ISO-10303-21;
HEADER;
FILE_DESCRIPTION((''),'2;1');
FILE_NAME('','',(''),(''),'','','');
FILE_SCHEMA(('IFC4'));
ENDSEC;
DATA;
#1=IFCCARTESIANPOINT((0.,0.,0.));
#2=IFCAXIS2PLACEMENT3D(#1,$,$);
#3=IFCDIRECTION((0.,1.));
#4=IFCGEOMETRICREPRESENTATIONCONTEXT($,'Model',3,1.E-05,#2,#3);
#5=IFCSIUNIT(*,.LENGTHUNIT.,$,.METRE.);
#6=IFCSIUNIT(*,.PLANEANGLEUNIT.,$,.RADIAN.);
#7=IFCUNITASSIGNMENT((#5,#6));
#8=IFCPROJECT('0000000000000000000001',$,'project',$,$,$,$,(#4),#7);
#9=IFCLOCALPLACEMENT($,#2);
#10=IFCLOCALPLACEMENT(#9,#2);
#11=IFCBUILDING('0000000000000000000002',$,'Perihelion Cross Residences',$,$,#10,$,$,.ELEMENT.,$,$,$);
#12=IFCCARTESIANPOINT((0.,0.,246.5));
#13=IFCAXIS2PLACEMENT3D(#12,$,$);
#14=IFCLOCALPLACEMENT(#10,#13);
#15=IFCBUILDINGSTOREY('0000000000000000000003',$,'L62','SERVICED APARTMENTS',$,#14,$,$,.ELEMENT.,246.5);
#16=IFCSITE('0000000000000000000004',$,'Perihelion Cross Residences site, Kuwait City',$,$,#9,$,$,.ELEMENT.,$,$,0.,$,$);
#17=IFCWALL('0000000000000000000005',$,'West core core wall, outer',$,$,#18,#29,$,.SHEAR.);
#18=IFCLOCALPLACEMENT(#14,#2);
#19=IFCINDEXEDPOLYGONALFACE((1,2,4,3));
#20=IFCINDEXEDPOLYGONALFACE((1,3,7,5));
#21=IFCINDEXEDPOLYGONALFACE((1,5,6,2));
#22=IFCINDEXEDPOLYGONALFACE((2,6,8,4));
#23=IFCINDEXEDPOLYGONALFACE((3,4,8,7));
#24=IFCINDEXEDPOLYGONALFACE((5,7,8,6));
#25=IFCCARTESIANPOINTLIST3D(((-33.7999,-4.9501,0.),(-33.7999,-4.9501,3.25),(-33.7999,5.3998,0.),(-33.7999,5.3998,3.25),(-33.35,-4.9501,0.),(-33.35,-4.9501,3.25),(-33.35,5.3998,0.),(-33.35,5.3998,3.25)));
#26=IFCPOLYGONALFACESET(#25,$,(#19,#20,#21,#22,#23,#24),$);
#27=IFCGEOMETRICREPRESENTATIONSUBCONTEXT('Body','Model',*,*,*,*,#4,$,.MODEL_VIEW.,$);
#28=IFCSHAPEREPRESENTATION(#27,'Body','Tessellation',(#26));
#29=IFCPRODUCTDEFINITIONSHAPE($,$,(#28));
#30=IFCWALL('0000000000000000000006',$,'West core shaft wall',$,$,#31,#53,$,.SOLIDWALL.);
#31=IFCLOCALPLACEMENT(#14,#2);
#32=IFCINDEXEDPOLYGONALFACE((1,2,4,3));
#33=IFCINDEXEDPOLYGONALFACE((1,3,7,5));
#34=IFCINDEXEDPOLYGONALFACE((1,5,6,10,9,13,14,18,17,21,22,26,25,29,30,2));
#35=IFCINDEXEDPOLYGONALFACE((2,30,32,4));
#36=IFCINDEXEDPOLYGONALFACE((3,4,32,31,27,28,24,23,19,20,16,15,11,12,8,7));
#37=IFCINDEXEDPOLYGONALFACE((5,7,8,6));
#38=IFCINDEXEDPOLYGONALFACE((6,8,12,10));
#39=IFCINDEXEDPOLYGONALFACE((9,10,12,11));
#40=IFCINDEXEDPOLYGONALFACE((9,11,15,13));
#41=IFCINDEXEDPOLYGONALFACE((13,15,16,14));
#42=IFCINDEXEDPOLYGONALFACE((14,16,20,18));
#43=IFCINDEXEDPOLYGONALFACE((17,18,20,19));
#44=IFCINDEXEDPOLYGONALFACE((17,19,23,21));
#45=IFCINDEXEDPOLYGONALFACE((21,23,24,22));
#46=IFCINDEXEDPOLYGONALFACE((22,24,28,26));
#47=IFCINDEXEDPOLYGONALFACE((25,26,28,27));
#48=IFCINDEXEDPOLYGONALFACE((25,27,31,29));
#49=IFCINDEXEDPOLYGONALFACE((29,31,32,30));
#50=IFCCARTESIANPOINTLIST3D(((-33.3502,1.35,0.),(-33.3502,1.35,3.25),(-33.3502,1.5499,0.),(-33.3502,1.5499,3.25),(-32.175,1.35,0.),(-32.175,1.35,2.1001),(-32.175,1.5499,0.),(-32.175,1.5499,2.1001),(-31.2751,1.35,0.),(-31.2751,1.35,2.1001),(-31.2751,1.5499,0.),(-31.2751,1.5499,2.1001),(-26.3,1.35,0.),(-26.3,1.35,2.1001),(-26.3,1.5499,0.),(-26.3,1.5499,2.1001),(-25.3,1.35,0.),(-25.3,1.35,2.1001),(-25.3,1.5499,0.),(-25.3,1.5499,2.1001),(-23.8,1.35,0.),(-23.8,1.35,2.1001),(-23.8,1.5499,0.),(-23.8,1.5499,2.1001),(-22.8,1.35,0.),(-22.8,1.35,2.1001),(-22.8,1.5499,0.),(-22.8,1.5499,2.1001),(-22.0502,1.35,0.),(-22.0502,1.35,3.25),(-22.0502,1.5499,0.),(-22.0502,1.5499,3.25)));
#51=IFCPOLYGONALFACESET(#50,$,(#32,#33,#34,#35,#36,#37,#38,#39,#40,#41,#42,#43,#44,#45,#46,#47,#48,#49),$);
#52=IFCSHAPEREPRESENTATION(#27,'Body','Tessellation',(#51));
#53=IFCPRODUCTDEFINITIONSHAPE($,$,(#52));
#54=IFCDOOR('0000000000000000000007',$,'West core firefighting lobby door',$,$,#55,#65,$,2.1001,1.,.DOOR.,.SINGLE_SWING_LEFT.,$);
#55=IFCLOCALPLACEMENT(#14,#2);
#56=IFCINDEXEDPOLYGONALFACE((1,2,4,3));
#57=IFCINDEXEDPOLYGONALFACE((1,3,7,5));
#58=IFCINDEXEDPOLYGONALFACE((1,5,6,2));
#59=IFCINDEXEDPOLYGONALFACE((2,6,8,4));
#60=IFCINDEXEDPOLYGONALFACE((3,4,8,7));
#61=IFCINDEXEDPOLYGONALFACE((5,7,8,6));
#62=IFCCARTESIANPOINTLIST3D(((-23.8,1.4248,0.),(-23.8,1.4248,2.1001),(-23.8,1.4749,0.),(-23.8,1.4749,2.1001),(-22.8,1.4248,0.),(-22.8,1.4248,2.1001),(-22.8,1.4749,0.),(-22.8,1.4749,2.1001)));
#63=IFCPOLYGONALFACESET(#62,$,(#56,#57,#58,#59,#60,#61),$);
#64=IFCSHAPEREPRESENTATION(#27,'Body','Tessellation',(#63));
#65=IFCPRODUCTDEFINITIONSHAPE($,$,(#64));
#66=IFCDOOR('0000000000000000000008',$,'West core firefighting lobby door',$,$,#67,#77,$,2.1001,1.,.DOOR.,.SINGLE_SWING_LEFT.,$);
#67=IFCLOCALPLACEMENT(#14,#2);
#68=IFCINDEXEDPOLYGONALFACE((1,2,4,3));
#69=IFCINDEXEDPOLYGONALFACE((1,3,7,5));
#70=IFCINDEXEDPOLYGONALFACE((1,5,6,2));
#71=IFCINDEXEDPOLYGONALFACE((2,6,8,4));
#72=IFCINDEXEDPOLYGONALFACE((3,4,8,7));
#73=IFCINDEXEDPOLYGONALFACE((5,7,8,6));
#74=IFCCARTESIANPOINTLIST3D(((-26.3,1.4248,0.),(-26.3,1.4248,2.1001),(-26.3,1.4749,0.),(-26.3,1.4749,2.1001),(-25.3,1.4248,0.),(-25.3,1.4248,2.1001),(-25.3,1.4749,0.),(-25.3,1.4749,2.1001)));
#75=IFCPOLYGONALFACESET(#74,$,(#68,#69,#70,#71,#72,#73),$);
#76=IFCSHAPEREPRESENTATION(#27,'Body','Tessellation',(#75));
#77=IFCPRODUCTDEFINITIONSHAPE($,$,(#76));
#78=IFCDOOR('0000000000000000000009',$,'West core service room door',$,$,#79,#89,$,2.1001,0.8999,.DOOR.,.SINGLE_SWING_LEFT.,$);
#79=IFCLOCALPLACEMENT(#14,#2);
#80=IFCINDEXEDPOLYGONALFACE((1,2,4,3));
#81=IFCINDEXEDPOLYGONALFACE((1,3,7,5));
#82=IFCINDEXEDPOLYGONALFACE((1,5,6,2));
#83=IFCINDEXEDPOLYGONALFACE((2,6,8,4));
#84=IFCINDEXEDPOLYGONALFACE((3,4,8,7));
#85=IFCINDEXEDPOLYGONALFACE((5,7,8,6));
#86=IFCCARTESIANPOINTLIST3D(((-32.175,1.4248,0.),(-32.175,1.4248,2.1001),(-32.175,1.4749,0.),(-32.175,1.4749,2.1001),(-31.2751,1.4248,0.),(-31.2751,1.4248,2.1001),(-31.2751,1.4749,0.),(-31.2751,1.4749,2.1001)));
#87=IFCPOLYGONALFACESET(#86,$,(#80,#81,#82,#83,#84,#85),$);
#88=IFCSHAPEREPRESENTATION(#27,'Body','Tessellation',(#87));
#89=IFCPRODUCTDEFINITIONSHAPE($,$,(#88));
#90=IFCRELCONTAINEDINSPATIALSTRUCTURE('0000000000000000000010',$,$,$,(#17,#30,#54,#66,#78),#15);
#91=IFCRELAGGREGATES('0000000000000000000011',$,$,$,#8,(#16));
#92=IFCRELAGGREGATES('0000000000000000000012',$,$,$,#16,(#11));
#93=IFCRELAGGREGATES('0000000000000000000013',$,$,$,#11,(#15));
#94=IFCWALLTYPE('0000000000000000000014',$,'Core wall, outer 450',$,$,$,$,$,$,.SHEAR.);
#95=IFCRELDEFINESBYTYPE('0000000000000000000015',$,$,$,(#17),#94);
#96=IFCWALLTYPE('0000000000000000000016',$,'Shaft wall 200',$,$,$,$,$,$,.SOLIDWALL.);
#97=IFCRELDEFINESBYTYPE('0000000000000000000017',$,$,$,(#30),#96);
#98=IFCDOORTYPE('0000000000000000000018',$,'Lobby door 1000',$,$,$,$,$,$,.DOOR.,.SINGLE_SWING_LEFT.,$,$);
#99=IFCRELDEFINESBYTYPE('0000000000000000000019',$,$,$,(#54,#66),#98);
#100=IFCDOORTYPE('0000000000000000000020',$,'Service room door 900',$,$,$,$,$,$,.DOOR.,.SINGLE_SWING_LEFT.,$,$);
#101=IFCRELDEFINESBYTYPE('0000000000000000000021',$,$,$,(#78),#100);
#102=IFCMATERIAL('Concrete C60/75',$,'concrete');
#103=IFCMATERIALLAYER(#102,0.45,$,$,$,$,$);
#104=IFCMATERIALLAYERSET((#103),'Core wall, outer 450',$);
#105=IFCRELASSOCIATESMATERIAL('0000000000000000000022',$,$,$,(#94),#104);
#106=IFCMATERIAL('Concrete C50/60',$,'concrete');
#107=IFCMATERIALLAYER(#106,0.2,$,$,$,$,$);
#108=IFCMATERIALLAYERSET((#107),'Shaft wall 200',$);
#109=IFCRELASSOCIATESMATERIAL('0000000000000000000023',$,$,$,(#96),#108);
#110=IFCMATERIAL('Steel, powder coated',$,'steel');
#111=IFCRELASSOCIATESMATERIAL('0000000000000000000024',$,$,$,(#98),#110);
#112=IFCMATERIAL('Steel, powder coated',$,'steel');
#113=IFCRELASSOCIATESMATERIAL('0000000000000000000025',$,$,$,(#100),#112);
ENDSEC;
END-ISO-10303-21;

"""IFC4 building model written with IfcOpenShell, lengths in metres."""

from ifc_helpers import new_model, si_unit, direction, frame, frame_2d, origin, place, context, subcontext, project, spatial, rectangle, extrude, material, layer, layer_set, type_object, element, fill, save


model = new_model("IFC4")

# Units and contexts
model_context = context("Model", 3, precision=1e-05, world=origin(), true_north=direction((0.0, 1.0)))
body_context = subcontext(model_context, "Body", "Model", "MODEL_VIEW")
ifc_project = project(units=[si_unit("LENGTHUNIT", "METRE"), si_unit("PLANEANGLEUNIT", "RADIAN")], contexts=[model_context])

# Site, building, storey
site_placement = place(None, origin())
site = spatial("IfcSite", under=ifc_project, at=site_placement, Name="Perihelion Cross Residences site, Kuwait City", CompositionType="ELEMENT", RefElevation=0.0)
building_placement = place(site_placement, origin())
building = spatial("IfcBuilding", under=site, at=building_placement, Name="Perihelion Cross Residences", CompositionType="ELEMENT")
storey_placement = place(building_placement, frame((0.0, 0.0, 246.5)))
storey = spatial("IfcBuildingStorey", under=building, at=storey_placement, Name="L62", Description="SERVICED APARTMENTS", CompositionType="ELEMENT", Elevation=246.5)

# Wall
ifc_material_1 = material(Name="Concrete C60/75", Category="concrete")
ifc_layer_1 = layer(ifc_material_1, 0.45)
ifc_layer_set_1 = layer_set([ifc_layer_1], Name="Core wall, outer 450")
wall_type_1 = type_object("IfcWallType", Name="Core wall, outer 450", PredefinedType="SHEAR", material=ifc_layer_set_1)
wall_1_placement = place(storey_placement, frame((-33.575, -4.95, 0.0), z_axis=(0.0, 0.0, 1.0), x_axis=(0.0, 1.0, 0.0)))
element("IfcWall", 1, at=wall_1_placement, inside=storey, type_object=wall_type_1, Name="West core core wall, outer", PredefinedType="SHEAR", context=body_context, shape_type="SweptSolid", body=[
    extrude(rectangle(XDim=10.3499, YDim=0.45, at=frame_2d((5.1748, 0.0))), origin(), (0.0, 0.0, 1.0), 3.25),
])

# Wall, openings, doors
ifc_material_2 = material(Name="Concrete C50/60", Category="concrete")
ifc_layer_2 = layer(ifc_material_2, 0.2)
ifc_layer_set_2 = layer_set([ifc_layer_2], Name="Shaft wall 200")
wall_type_2 = type_object("IfcWallType", Name="Shaft wall 200", PredefinedType="SOLIDWALL", material=ifc_layer_set_2)
wall_2_placement = place(storey_placement, frame((-33.3501, 1.45, 0.0), z_axis=(0.0, 0.0, 1.0), x_axis=(1.0, 0.0, 0.0)))
wall_2 = element("IfcWall", 2, at=wall_2_placement, inside=storey, type_object=wall_type_2, Name="West core shaft wall", PredefinedType="SOLIDWALL", context=body_context, shape_type="SweptSolid", body=[
    extrude(rectangle(XDim=11.3, YDim=0.2, at=frame_2d((5.6499, 0.0))), origin(), (0.0, 0.0, 1.0), 3.25),
])
opening_1_placement = place(wall_2_placement, frame((9.55, 0.0, 0.0)))
opening_1 = element("IfcOpeningElement", 3, at=opening_1_placement, cuts=wall_2, PredefinedType="OPENING", context=body_context, shape_type="SweptSolid", body=[
    extrude(rectangle(XDim=1.0, YDim=2.1001, at=frame_2d((0.5, 1.05))), frame((0.0, 0.1099, 0.0), z_axis=(0.0, -1.0, 0.0), x_axis=(1.0, 0.0, 0.0)), (0.0, 0.0, 1.0), 0.22),
])
opening_2_placement = place(wall_2_placement, frame((7.05, 0.0, 0.0)))
opening_2 = element("IfcOpeningElement", 4, at=opening_2_placement, cuts=wall_2, PredefinedType="OPENING", context=body_context, shape_type="SweptSolid", body=[
    extrude(rectangle(XDim=1.0, YDim=2.1001, at=frame_2d((0.5, 1.05))), frame((0.0, 0.1099, 0.0), z_axis=(0.0, -1.0, 0.0), x_axis=(1.0, 0.0, 0.0)), (0.0, 0.0, 1.0), 0.22),
])
opening_3_placement = place(wall_2_placement, frame((1.175, 0.0, 0.0)))
opening_3 = element("IfcOpeningElement", 5, at=opening_3_placement, cuts=wall_2, PredefinedType="OPENING", context=body_context, shape_type="SweptSolid", body=[
    extrude(rectangle(XDim=0.8999, YDim=2.1001, at=frame_2d((0.45, 1.05))), frame((0.0, 0.1099, 0.0), z_axis=(0.0, -1.0, 0.0), x_axis=(1.0, 0.0, 0.0)), (0.0, 0.0, 1.0), 0.22),
])
ifc_material_3 = material(Name="Steel, powder coated", Category="steel")
door_type_1 = type_object("IfcDoorType", Name="Lobby door 1000", OperationType="SINGLE_SWING_LEFT", PredefinedType="DOOR", material=ifc_material_3)
door_1_placement = place(opening_1_placement, origin())
door_1 = element("IfcDoor", 6, at=door_1_placement, inside=storey, type_object=door_type_1, Name="West core firefighting lobby door", OperationType="SINGLE_SWING_LEFT", OverallHeight=2.1001, OverallWidth=1.0, PredefinedType="DOOR", context=body_context, shape_type="SweptSolid", body=[
    extrude(rectangle(XDim=1.0, YDim=2.1001, at=frame_2d((0.5, 1.05))), frame((0.0, 0.0249, 0.0), z_axis=(0.0, -1.0, 0.0), x_axis=(1.0, 0.0, 0.0)), (0.0, 0.0, 1.0), 0.05),
])
fill(opening_1, door_1)
door_2_placement = place(opening_2_placement, origin())
door_2 = element("IfcDoor", 7, at=door_2_placement, inside=storey, type_object=door_type_1, Name="West core firefighting lobby door", OperationType="SINGLE_SWING_LEFT", OverallHeight=2.1001, OverallWidth=1.0, PredefinedType="DOOR", context=body_context, shape_type="SweptSolid", body=[
    extrude(rectangle(XDim=1.0, YDim=2.1001, at=frame_2d((0.5, 1.05))), frame((0.0, 0.0249, 0.0), z_axis=(0.0, -1.0, 0.0), x_axis=(1.0, 0.0, 0.0)), (0.0, 0.0, 1.0), 0.05),
])
fill(opening_2, door_2)
ifc_material_4 = material(Name="Steel, powder coated", Category="steel")
door_type_2 = type_object("IfcDoorType", Name="Service room door 900", OperationType="SINGLE_SWING_LEFT", PredefinedType="DOOR", material=ifc_material_4)
door_3_placement = place(opening_3_placement, origin())
door_3 = element("IfcDoor", 8, at=door_3_placement, inside=storey, type_object=door_type_2, Name="West core service room door", OperationType="SINGLE_SWING_LEFT", OverallHeight=2.1001, OverallWidth=0.8999, PredefinedType="DOOR", context=body_context, shape_type="SweptSolid", body=[
    extrude(rectangle(XDim=0.8999, YDim=2.1001, at=frame_2d((0.45, 1.05))), frame((0.0, 0.0249, 0.0), z_axis=(0.0, -1.0, 0.0), x_axis=(1.0, 0.0, 0.0)), (0.0, 0.0, 1.0), 0.05),
])
fill(opening_3, door_3)

save(model, "model.ifc")
